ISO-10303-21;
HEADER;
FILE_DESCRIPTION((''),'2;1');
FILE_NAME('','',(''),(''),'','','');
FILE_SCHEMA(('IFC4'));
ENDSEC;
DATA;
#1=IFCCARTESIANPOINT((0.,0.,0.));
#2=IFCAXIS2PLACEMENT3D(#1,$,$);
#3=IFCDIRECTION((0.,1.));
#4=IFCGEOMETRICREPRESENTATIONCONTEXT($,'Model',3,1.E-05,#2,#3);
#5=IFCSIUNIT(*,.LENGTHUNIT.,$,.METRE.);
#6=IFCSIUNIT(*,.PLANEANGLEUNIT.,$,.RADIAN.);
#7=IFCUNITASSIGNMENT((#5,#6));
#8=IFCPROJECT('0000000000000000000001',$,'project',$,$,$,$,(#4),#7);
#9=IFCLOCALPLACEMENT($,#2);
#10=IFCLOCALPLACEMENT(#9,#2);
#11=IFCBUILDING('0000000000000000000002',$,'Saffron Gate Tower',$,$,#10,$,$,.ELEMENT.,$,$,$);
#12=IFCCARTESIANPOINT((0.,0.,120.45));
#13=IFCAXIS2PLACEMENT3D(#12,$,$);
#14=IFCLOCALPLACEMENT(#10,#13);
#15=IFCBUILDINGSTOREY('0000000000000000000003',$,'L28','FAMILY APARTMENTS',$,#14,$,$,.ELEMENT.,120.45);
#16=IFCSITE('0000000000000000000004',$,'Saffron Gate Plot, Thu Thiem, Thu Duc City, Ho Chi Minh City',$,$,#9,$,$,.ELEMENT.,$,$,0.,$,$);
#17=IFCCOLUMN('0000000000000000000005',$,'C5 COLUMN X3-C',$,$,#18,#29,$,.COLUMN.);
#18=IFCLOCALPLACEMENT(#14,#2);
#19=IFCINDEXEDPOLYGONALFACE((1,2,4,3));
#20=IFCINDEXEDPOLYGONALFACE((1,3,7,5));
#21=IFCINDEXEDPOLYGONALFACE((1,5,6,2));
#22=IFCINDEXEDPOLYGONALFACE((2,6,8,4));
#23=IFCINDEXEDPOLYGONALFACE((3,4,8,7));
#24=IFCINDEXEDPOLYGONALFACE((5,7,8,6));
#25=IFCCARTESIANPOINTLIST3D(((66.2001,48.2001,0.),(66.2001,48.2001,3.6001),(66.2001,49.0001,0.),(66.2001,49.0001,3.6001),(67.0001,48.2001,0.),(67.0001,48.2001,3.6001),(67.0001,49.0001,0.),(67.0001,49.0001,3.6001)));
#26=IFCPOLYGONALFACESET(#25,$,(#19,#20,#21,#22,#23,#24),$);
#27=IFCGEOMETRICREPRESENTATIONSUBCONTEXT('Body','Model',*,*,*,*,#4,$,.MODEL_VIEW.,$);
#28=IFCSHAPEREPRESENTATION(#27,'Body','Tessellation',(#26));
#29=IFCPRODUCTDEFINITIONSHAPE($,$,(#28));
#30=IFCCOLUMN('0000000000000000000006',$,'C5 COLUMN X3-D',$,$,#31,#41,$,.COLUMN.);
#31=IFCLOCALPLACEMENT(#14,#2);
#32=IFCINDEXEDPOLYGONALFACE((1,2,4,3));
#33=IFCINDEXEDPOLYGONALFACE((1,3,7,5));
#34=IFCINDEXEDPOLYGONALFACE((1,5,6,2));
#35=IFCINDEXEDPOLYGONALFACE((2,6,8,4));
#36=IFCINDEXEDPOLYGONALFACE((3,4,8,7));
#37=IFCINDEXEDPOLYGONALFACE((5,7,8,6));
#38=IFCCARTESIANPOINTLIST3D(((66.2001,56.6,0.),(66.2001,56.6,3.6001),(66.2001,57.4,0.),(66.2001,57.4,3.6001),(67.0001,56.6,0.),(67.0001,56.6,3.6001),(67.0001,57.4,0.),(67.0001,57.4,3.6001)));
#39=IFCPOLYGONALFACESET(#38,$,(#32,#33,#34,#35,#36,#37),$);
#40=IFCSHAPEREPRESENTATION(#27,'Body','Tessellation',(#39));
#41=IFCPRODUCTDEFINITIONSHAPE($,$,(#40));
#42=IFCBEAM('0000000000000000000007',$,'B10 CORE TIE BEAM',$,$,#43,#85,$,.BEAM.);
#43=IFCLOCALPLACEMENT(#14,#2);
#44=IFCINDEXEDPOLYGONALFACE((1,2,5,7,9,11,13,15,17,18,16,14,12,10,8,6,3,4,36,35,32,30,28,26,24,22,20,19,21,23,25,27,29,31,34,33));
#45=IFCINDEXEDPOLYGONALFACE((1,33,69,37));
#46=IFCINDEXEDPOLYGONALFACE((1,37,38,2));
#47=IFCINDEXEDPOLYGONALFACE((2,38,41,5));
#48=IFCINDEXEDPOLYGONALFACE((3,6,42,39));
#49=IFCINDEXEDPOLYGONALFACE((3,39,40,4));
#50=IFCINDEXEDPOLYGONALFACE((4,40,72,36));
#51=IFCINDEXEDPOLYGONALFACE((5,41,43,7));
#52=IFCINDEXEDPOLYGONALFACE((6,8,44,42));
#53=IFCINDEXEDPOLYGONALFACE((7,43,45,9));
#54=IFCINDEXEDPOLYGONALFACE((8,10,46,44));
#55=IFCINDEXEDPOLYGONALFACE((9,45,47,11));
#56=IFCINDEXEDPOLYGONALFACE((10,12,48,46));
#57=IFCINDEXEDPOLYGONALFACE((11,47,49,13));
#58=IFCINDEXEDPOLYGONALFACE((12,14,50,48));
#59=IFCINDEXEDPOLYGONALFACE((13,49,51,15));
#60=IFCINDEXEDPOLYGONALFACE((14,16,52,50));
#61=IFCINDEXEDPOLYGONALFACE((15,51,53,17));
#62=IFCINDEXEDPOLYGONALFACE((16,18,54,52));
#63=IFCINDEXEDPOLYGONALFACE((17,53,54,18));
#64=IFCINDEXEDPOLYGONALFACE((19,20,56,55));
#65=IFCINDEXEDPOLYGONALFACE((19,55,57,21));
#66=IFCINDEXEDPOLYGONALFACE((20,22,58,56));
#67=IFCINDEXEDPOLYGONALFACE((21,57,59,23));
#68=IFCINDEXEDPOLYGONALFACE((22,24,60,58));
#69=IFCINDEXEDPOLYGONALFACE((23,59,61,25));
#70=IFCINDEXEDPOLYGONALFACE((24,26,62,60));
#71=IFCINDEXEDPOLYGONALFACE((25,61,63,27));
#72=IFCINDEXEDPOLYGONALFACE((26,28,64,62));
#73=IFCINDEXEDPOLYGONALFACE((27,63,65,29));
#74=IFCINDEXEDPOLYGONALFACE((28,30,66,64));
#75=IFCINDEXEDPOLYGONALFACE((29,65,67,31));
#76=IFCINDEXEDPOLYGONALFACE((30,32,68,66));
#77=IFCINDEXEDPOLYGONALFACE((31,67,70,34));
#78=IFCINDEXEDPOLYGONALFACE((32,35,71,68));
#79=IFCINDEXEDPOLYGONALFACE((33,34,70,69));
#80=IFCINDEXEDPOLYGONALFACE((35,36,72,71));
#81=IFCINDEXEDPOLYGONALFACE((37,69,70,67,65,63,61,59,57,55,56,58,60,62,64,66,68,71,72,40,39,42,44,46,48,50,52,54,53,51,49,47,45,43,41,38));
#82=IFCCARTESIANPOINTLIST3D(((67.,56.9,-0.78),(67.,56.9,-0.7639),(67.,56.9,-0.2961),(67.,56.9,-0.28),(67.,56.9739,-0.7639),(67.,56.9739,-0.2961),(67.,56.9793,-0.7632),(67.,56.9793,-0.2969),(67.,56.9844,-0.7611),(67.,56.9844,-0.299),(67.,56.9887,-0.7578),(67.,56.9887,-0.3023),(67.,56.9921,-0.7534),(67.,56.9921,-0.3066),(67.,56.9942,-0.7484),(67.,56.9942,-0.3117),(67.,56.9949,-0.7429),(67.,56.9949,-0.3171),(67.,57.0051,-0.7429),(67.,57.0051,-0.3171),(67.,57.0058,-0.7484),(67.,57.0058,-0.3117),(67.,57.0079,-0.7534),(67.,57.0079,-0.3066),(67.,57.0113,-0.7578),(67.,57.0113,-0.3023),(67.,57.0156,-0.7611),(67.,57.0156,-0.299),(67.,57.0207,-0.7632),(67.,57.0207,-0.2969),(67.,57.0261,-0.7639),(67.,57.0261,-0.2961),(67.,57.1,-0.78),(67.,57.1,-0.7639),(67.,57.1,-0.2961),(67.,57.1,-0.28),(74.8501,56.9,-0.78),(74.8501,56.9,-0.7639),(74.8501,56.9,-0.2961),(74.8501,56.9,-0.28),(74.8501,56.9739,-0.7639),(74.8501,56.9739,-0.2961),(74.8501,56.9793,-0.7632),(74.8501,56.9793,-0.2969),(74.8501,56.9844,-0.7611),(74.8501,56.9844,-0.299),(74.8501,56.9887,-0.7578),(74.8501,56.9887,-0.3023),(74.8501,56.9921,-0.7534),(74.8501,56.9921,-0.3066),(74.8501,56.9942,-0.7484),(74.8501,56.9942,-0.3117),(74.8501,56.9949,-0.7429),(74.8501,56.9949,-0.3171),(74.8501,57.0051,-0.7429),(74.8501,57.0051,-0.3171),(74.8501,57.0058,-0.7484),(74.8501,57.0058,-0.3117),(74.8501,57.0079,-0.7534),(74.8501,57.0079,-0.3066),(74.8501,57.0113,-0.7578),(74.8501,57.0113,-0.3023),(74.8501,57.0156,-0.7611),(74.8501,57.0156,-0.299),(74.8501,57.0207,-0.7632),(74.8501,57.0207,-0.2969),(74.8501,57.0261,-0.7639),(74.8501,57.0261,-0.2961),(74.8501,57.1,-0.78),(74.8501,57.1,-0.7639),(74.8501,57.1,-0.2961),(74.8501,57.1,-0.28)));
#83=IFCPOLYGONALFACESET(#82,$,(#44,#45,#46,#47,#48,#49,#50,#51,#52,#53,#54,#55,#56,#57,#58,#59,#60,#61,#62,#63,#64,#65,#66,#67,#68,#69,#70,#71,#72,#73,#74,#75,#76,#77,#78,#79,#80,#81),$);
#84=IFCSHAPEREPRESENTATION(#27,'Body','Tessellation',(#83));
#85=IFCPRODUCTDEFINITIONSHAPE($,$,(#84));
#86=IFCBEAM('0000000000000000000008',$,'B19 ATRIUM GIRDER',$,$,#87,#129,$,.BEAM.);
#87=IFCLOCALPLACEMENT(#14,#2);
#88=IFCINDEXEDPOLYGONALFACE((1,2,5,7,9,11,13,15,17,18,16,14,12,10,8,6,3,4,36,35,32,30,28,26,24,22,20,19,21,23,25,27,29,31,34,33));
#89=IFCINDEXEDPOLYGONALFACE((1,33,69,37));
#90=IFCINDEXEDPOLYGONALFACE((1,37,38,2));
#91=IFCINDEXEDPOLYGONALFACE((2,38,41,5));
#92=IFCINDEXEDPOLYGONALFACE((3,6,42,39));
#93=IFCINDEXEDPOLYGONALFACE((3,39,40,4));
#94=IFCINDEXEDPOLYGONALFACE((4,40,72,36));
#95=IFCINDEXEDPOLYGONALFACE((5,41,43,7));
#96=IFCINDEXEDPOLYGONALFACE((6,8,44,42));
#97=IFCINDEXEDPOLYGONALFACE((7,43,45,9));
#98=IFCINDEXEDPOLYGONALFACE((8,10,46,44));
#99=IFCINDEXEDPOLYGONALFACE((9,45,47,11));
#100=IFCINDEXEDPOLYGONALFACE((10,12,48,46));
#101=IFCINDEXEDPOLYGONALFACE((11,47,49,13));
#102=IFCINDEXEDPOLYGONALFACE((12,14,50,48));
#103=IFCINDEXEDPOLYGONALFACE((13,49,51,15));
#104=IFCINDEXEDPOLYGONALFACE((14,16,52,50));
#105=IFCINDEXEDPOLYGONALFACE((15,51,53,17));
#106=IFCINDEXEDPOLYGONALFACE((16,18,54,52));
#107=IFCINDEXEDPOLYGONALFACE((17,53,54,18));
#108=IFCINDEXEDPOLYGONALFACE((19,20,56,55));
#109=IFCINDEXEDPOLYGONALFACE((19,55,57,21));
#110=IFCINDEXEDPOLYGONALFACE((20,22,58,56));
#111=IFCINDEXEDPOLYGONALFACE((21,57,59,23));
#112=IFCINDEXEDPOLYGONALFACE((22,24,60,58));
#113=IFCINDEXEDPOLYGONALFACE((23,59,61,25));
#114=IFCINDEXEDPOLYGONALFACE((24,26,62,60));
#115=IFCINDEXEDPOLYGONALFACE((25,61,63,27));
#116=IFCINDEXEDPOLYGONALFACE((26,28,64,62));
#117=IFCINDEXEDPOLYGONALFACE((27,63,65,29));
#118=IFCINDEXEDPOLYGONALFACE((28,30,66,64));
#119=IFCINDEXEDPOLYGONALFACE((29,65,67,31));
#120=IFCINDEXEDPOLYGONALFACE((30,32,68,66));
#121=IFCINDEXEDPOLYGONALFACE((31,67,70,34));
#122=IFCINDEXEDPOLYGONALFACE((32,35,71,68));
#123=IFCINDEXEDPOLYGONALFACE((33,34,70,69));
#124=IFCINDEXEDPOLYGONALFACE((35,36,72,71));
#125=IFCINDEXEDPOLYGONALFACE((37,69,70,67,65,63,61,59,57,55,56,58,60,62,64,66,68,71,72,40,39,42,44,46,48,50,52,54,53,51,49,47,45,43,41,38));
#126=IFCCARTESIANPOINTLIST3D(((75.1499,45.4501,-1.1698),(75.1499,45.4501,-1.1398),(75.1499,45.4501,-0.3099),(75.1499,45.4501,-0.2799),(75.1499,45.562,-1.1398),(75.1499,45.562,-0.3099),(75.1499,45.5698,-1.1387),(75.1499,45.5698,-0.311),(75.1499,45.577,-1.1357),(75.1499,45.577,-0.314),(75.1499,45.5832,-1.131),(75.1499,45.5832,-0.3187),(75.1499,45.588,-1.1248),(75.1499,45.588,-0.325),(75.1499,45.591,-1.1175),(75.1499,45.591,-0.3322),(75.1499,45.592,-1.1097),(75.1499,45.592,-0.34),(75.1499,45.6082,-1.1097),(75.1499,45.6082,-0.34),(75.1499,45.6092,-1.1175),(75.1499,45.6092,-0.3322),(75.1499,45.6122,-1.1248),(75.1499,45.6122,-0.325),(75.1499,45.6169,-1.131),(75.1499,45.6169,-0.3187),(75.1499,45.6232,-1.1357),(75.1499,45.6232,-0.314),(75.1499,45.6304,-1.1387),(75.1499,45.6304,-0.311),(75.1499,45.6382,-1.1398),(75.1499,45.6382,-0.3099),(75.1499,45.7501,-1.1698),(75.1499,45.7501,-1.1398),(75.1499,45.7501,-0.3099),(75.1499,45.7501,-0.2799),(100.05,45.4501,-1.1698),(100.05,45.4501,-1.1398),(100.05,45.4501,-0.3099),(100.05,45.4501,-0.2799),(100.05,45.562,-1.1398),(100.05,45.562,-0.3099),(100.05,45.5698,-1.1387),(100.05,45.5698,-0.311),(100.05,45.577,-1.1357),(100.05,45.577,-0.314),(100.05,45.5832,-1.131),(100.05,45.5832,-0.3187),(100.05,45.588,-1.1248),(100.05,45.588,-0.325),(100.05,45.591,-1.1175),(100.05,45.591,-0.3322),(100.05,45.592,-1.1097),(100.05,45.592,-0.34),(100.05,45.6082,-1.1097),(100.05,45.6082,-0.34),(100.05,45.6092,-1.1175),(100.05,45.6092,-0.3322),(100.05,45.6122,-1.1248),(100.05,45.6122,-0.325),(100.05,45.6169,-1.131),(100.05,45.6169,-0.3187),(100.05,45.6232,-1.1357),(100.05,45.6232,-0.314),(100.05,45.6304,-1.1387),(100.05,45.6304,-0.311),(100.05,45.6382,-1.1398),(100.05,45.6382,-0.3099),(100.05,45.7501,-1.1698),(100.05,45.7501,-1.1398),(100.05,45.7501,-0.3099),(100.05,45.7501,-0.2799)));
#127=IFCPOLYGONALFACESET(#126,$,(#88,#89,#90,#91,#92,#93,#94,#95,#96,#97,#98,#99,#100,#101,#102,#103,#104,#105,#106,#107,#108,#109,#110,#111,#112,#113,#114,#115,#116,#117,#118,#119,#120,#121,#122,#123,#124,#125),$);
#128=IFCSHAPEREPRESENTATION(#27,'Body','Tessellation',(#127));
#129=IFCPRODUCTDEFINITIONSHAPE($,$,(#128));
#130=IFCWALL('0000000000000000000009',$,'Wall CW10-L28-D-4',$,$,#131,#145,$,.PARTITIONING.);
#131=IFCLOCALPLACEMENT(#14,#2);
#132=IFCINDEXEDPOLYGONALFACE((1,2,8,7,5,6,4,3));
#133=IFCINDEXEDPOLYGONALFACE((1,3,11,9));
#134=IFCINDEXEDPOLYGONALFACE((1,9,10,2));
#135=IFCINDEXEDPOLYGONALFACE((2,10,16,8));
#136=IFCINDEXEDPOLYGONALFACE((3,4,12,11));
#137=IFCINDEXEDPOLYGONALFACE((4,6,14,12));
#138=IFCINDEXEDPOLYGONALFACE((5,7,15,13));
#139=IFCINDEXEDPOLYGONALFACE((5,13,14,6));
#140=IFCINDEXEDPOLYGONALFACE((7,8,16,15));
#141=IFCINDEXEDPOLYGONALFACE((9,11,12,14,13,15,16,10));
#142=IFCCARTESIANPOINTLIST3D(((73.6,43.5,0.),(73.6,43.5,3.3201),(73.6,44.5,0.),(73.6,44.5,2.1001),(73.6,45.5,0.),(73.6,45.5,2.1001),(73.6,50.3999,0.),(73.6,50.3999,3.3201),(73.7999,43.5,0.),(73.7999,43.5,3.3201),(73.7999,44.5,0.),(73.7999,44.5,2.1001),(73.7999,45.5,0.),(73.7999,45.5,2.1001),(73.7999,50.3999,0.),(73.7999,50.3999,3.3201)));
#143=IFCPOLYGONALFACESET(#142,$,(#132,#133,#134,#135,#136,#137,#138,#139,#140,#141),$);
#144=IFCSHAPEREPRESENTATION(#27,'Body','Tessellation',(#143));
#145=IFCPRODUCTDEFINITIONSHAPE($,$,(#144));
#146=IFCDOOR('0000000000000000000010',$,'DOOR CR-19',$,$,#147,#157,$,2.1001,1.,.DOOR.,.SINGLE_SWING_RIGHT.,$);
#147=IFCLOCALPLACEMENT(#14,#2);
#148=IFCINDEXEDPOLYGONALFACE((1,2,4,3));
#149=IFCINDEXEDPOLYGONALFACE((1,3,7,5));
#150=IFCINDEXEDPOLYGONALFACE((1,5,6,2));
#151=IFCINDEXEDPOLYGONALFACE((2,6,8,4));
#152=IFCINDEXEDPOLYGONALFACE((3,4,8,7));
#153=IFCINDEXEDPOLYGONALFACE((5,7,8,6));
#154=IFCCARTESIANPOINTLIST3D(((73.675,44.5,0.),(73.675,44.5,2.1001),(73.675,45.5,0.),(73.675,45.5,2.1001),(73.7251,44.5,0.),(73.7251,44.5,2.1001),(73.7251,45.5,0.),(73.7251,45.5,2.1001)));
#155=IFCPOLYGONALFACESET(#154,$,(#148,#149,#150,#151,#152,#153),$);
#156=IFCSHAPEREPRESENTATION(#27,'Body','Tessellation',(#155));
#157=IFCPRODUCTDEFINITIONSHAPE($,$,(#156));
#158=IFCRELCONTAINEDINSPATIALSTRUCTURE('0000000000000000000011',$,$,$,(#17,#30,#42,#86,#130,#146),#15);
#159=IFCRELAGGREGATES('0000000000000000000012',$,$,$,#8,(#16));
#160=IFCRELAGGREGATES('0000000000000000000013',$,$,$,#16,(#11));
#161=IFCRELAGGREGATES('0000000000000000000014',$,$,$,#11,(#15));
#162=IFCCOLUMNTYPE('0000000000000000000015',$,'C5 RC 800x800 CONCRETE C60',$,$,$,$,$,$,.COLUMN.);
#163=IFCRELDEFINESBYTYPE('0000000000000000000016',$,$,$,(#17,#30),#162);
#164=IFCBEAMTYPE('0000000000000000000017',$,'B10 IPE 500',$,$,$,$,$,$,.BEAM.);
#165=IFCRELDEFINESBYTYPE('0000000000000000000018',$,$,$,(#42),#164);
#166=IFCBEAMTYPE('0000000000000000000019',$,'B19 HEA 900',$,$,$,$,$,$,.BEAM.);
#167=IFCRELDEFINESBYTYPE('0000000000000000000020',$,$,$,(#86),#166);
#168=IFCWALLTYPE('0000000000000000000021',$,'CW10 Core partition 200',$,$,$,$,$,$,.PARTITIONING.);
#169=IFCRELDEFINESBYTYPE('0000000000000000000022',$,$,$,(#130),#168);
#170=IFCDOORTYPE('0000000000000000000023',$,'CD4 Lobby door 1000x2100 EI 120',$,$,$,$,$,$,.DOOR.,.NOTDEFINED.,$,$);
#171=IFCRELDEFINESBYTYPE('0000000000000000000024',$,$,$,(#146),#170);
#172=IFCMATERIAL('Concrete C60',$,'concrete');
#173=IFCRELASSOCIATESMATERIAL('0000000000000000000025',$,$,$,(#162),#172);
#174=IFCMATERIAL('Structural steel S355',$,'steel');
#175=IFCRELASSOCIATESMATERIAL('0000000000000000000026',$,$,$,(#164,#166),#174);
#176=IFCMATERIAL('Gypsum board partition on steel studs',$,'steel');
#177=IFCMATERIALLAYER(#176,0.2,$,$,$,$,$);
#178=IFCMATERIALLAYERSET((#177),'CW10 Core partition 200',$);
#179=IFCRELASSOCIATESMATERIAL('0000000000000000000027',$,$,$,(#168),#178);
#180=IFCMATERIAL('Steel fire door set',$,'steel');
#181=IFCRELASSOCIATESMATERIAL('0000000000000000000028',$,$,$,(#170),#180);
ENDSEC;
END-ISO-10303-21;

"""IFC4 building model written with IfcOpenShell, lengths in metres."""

from ifc_helpers import new_model, si_unit, direction, frame, frame_2d, origin, origin_2d, place, context, subcontext, project, spatial, rectangle, i_section, extrude, material, layer, layer_set, material_profile, profile_set, type_object, element, fill, save


model = new_model("IFC4")

# Units and contexts
model_context = context("Model", 3, precision=1e-05, world=origin(), true_north=direction((0.0, 1.0)))
body_context = subcontext(model_context, "Body", "Model", "MODEL_VIEW")
ifc_project = project(units=[si_unit("LENGTHUNIT", "METRE"), si_unit("PLANEANGLEUNIT", "RADIAN")], contexts=[model_context])

# Site, building, storey
site_placement = place(None, origin())
site = spatial("IfcSite", under=ifc_project, at=site_placement, Name="Saffron Gate Plot, Thu Thiem, Thu Duc City, Ho Chi Minh City", CompositionType="ELEMENT", RefElevation=0.0)
building_placement = place(site_placement, origin())
building = spatial("IfcBuilding", under=site, at=building_placement, Name="Saffron Gate Tower", CompositionType="ELEMENT")
storey_placement = place(building_placement, frame((0.0, 0.0, 120.45)))
storey = spatial("IfcBuildingStorey", under=building, at=storey_placement, Name="L28", Description="FAMILY APARTMENTS", CompositionType="ELEMENT", Elevation=120.45)

# Columns
ifc_material_1 = material(Name="Concrete C60", Category="concrete")
ifc_material_profile_1 = material_profile(ifc_material_1, rectangle(XDim=0.8, YDim=0.8, at=origin_2d()))
ifc_profile_set_1 = profile_set([ifc_material_profile_1], Name="Concrete C60")
column_type = type_object("IfcColumnType", Name="C5 RC 800x800 CONCRETE C60", PredefinedType="COLUMN", material=ifc_profile_set_1)
for number, where, z_axis, x_axis, name in (
    (1, (66.6001, 48.6001, 0.0), (0.0, 0.0, 1.0), (1.0, 0.0, 0.0), "C5 COLUMN X3-C"),
    (2, (66.6001, 57.0, 0.0), (0.0, 0.0, 1.0), (1.0, 0.0, 0.0), "C5 COLUMN X3-D"),
):
    element("IfcColumn", number, at=place(storey_placement, frame(where, z_axis=z_axis, x_axis=x_axis)), inside=storey, type_object=column_type, Name=name, PredefinedType="COLUMN", context=body_context, shape_type="SweptSolid", body=[
        extrude(rectangle(XDim=0.8, YDim=0.8, at=origin_2d()), origin(), (0.0, 0.0, 1.0), 3.6001),
    ])

# Beams
ifc_material_2 = material(Name="Structural steel S355", Category="steel")
ifc_material_profile_2 = material_profile(ifc_material_2, i_section(OverallWidth=0.2, OverallDepth=0.5, WebThickness=0.0103, FlangeThickness=0.0161, FilletRadius=0.021, at=origin_2d()))
ifc_profile_set_2 = profile_set([ifc_material_profile_2], Name="Structural steel S355")
beam_type_1 = type_object("IfcBeamType", Name="B10 IPE 500", PredefinedType="BEAM", material=ifc_profile_set_2)
beam_1_placement = place(storey_placement, frame((67.0, 57.0, -0.53), z_axis=(1.0, 0.0, 0.0), x_axis=(0.0, 1.0, 0.0)))
element("IfcBeam", 3, at=beam_1_placement, inside=storey, type_object=beam_type_1, Name="B10 CORE TIE BEAM", PredefinedType="BEAM", context=body_context, shape_type="SweptSolid", body=[
    extrude(i_section(OverallWidth=0.2, OverallDepth=0.5, WebThickness=0.0103, FlangeThickness=0.0161, FilletRadius=0.021, at=origin_2d()), origin(), (0.0, 0.0, 1.0), 7.8501),
])
ifc_material_profile_3 = material_profile(ifc_material_2, i_section(OverallWidth=0.3, OverallDepth=0.8899, WebThickness=0.0161, FlangeThickness=0.03, FilletRadius=0.03, at=origin_2d()))
ifc_profile_set_3 = profile_set([ifc_material_profile_3], Name="Structural steel S355")
beam_type_2 = type_object("IfcBeamType", Name="B19 HEA 900", PredefinedType="BEAM", material=ifc_profile_set_3)
beam_2_placement = place(storey_placement, frame((75.1499, 45.6001, -0.7249), z_axis=(1.0, 0.0, 0.0), x_axis=(0.0, 1.0, 0.0)))
element("IfcBeam", 4, at=beam_2_placement, inside=storey, type_object=beam_type_2, Name="B19 ATRIUM GIRDER", PredefinedType="BEAM", context=body_context, shape_type="SweptSolid", body=[
    extrude(i_section(OverallWidth=0.3, OverallDepth=0.8899, WebThickness=0.0161, FlangeThickness=0.03, FilletRadius=0.03, at=origin_2d()), origin(), (0.0, 0.0, 1.0), 24.9001),
])

# Wall, opening, door
ifc_material_3 = material(Name="Gypsum board partition on steel studs", Category="steel")
ifc_layer_1 = layer(ifc_material_3, 0.2)
ifc_layer_set_1 = layer_set([ifc_layer_1], Name="CW10 Core partition 200")
wall_type_1 = type_object("IfcWallType", Name="CW10 Core partition 200", PredefinedType="PARTITIONING", material=ifc_layer_set_1)
wall_1_placement = place(storey_placement, frame((73.7, 43.5, 0.0), z_axis=(0.0, 0.0, 1.0), x_axis=(0.0, 1.0, 0.0)))
wall_1 = element("IfcWall", 5, at=wall_1_placement, inside=storey, type_object=wall_type_1, Name="Wall CW10-L28-D-4", PredefinedType="PARTITIONING", context=body_context, shape_type="SweptSolid", body=[
    extrude(rectangle(XDim=6.8999, YDim=0.2, at=frame_2d((3.45, 0.0))), origin(), (0.0, 0.0, 1.0), 3.3201),
])
opening_1_placement = place(wall_1_placement, frame((1.0, 0.0, 0.0)))
opening_1 = element("IfcOpeningElement", 6, at=opening_1_placement, cuts=wall_1, PredefinedType="OPENING", context=body_context, shape_type="SweptSolid", body=[
    extrude(rectangle(XDim=1.0, YDim=2.1001, at=frame_2d((0.5, 1.05))), frame((0.0, 0.1099, 0.0), z_axis=(0.0, -1.0, 0.0), x_axis=(1.0, 0.0, 0.0)), (0.0, 0.0, 1.0), 0.22),
])
ifc_material_4 = material(Name="Steel fire door set", Category="steel")
door_type_1 = type_object("IfcDoorType", Name="CD4 Lobby door 1000x2100 EI 120", OperationType="NOTDEFINED", PredefinedType="DOOR", material=ifc_material_4)
door_1_placement = place(opening_1_placement, origin())
door_1 = element("IfcDoor", 7, at=door_1_placement, inside=storey, type_object=door_type_1, Name="DOOR CR-19", OperationType="SINGLE_SWING_RIGHT", OverallHeight=2.1001, OverallWidth=1.0, PredefinedType="DOOR", context=body_context, shape_type="SweptSolid", body=[
    extrude(rectangle(XDim=1.0, YDim=2.1001, at=frame_2d((0.5, 1.05))), frame((0.0, 0.0249, 0.0), z_axis=(0.0, -1.0, 0.0), x_axis=(1.0, 0.0, 0.0)), (0.0, 0.0, 1.0), 0.05),
])
fill(opening_1, door_1)

save(model, "model.ifc")
